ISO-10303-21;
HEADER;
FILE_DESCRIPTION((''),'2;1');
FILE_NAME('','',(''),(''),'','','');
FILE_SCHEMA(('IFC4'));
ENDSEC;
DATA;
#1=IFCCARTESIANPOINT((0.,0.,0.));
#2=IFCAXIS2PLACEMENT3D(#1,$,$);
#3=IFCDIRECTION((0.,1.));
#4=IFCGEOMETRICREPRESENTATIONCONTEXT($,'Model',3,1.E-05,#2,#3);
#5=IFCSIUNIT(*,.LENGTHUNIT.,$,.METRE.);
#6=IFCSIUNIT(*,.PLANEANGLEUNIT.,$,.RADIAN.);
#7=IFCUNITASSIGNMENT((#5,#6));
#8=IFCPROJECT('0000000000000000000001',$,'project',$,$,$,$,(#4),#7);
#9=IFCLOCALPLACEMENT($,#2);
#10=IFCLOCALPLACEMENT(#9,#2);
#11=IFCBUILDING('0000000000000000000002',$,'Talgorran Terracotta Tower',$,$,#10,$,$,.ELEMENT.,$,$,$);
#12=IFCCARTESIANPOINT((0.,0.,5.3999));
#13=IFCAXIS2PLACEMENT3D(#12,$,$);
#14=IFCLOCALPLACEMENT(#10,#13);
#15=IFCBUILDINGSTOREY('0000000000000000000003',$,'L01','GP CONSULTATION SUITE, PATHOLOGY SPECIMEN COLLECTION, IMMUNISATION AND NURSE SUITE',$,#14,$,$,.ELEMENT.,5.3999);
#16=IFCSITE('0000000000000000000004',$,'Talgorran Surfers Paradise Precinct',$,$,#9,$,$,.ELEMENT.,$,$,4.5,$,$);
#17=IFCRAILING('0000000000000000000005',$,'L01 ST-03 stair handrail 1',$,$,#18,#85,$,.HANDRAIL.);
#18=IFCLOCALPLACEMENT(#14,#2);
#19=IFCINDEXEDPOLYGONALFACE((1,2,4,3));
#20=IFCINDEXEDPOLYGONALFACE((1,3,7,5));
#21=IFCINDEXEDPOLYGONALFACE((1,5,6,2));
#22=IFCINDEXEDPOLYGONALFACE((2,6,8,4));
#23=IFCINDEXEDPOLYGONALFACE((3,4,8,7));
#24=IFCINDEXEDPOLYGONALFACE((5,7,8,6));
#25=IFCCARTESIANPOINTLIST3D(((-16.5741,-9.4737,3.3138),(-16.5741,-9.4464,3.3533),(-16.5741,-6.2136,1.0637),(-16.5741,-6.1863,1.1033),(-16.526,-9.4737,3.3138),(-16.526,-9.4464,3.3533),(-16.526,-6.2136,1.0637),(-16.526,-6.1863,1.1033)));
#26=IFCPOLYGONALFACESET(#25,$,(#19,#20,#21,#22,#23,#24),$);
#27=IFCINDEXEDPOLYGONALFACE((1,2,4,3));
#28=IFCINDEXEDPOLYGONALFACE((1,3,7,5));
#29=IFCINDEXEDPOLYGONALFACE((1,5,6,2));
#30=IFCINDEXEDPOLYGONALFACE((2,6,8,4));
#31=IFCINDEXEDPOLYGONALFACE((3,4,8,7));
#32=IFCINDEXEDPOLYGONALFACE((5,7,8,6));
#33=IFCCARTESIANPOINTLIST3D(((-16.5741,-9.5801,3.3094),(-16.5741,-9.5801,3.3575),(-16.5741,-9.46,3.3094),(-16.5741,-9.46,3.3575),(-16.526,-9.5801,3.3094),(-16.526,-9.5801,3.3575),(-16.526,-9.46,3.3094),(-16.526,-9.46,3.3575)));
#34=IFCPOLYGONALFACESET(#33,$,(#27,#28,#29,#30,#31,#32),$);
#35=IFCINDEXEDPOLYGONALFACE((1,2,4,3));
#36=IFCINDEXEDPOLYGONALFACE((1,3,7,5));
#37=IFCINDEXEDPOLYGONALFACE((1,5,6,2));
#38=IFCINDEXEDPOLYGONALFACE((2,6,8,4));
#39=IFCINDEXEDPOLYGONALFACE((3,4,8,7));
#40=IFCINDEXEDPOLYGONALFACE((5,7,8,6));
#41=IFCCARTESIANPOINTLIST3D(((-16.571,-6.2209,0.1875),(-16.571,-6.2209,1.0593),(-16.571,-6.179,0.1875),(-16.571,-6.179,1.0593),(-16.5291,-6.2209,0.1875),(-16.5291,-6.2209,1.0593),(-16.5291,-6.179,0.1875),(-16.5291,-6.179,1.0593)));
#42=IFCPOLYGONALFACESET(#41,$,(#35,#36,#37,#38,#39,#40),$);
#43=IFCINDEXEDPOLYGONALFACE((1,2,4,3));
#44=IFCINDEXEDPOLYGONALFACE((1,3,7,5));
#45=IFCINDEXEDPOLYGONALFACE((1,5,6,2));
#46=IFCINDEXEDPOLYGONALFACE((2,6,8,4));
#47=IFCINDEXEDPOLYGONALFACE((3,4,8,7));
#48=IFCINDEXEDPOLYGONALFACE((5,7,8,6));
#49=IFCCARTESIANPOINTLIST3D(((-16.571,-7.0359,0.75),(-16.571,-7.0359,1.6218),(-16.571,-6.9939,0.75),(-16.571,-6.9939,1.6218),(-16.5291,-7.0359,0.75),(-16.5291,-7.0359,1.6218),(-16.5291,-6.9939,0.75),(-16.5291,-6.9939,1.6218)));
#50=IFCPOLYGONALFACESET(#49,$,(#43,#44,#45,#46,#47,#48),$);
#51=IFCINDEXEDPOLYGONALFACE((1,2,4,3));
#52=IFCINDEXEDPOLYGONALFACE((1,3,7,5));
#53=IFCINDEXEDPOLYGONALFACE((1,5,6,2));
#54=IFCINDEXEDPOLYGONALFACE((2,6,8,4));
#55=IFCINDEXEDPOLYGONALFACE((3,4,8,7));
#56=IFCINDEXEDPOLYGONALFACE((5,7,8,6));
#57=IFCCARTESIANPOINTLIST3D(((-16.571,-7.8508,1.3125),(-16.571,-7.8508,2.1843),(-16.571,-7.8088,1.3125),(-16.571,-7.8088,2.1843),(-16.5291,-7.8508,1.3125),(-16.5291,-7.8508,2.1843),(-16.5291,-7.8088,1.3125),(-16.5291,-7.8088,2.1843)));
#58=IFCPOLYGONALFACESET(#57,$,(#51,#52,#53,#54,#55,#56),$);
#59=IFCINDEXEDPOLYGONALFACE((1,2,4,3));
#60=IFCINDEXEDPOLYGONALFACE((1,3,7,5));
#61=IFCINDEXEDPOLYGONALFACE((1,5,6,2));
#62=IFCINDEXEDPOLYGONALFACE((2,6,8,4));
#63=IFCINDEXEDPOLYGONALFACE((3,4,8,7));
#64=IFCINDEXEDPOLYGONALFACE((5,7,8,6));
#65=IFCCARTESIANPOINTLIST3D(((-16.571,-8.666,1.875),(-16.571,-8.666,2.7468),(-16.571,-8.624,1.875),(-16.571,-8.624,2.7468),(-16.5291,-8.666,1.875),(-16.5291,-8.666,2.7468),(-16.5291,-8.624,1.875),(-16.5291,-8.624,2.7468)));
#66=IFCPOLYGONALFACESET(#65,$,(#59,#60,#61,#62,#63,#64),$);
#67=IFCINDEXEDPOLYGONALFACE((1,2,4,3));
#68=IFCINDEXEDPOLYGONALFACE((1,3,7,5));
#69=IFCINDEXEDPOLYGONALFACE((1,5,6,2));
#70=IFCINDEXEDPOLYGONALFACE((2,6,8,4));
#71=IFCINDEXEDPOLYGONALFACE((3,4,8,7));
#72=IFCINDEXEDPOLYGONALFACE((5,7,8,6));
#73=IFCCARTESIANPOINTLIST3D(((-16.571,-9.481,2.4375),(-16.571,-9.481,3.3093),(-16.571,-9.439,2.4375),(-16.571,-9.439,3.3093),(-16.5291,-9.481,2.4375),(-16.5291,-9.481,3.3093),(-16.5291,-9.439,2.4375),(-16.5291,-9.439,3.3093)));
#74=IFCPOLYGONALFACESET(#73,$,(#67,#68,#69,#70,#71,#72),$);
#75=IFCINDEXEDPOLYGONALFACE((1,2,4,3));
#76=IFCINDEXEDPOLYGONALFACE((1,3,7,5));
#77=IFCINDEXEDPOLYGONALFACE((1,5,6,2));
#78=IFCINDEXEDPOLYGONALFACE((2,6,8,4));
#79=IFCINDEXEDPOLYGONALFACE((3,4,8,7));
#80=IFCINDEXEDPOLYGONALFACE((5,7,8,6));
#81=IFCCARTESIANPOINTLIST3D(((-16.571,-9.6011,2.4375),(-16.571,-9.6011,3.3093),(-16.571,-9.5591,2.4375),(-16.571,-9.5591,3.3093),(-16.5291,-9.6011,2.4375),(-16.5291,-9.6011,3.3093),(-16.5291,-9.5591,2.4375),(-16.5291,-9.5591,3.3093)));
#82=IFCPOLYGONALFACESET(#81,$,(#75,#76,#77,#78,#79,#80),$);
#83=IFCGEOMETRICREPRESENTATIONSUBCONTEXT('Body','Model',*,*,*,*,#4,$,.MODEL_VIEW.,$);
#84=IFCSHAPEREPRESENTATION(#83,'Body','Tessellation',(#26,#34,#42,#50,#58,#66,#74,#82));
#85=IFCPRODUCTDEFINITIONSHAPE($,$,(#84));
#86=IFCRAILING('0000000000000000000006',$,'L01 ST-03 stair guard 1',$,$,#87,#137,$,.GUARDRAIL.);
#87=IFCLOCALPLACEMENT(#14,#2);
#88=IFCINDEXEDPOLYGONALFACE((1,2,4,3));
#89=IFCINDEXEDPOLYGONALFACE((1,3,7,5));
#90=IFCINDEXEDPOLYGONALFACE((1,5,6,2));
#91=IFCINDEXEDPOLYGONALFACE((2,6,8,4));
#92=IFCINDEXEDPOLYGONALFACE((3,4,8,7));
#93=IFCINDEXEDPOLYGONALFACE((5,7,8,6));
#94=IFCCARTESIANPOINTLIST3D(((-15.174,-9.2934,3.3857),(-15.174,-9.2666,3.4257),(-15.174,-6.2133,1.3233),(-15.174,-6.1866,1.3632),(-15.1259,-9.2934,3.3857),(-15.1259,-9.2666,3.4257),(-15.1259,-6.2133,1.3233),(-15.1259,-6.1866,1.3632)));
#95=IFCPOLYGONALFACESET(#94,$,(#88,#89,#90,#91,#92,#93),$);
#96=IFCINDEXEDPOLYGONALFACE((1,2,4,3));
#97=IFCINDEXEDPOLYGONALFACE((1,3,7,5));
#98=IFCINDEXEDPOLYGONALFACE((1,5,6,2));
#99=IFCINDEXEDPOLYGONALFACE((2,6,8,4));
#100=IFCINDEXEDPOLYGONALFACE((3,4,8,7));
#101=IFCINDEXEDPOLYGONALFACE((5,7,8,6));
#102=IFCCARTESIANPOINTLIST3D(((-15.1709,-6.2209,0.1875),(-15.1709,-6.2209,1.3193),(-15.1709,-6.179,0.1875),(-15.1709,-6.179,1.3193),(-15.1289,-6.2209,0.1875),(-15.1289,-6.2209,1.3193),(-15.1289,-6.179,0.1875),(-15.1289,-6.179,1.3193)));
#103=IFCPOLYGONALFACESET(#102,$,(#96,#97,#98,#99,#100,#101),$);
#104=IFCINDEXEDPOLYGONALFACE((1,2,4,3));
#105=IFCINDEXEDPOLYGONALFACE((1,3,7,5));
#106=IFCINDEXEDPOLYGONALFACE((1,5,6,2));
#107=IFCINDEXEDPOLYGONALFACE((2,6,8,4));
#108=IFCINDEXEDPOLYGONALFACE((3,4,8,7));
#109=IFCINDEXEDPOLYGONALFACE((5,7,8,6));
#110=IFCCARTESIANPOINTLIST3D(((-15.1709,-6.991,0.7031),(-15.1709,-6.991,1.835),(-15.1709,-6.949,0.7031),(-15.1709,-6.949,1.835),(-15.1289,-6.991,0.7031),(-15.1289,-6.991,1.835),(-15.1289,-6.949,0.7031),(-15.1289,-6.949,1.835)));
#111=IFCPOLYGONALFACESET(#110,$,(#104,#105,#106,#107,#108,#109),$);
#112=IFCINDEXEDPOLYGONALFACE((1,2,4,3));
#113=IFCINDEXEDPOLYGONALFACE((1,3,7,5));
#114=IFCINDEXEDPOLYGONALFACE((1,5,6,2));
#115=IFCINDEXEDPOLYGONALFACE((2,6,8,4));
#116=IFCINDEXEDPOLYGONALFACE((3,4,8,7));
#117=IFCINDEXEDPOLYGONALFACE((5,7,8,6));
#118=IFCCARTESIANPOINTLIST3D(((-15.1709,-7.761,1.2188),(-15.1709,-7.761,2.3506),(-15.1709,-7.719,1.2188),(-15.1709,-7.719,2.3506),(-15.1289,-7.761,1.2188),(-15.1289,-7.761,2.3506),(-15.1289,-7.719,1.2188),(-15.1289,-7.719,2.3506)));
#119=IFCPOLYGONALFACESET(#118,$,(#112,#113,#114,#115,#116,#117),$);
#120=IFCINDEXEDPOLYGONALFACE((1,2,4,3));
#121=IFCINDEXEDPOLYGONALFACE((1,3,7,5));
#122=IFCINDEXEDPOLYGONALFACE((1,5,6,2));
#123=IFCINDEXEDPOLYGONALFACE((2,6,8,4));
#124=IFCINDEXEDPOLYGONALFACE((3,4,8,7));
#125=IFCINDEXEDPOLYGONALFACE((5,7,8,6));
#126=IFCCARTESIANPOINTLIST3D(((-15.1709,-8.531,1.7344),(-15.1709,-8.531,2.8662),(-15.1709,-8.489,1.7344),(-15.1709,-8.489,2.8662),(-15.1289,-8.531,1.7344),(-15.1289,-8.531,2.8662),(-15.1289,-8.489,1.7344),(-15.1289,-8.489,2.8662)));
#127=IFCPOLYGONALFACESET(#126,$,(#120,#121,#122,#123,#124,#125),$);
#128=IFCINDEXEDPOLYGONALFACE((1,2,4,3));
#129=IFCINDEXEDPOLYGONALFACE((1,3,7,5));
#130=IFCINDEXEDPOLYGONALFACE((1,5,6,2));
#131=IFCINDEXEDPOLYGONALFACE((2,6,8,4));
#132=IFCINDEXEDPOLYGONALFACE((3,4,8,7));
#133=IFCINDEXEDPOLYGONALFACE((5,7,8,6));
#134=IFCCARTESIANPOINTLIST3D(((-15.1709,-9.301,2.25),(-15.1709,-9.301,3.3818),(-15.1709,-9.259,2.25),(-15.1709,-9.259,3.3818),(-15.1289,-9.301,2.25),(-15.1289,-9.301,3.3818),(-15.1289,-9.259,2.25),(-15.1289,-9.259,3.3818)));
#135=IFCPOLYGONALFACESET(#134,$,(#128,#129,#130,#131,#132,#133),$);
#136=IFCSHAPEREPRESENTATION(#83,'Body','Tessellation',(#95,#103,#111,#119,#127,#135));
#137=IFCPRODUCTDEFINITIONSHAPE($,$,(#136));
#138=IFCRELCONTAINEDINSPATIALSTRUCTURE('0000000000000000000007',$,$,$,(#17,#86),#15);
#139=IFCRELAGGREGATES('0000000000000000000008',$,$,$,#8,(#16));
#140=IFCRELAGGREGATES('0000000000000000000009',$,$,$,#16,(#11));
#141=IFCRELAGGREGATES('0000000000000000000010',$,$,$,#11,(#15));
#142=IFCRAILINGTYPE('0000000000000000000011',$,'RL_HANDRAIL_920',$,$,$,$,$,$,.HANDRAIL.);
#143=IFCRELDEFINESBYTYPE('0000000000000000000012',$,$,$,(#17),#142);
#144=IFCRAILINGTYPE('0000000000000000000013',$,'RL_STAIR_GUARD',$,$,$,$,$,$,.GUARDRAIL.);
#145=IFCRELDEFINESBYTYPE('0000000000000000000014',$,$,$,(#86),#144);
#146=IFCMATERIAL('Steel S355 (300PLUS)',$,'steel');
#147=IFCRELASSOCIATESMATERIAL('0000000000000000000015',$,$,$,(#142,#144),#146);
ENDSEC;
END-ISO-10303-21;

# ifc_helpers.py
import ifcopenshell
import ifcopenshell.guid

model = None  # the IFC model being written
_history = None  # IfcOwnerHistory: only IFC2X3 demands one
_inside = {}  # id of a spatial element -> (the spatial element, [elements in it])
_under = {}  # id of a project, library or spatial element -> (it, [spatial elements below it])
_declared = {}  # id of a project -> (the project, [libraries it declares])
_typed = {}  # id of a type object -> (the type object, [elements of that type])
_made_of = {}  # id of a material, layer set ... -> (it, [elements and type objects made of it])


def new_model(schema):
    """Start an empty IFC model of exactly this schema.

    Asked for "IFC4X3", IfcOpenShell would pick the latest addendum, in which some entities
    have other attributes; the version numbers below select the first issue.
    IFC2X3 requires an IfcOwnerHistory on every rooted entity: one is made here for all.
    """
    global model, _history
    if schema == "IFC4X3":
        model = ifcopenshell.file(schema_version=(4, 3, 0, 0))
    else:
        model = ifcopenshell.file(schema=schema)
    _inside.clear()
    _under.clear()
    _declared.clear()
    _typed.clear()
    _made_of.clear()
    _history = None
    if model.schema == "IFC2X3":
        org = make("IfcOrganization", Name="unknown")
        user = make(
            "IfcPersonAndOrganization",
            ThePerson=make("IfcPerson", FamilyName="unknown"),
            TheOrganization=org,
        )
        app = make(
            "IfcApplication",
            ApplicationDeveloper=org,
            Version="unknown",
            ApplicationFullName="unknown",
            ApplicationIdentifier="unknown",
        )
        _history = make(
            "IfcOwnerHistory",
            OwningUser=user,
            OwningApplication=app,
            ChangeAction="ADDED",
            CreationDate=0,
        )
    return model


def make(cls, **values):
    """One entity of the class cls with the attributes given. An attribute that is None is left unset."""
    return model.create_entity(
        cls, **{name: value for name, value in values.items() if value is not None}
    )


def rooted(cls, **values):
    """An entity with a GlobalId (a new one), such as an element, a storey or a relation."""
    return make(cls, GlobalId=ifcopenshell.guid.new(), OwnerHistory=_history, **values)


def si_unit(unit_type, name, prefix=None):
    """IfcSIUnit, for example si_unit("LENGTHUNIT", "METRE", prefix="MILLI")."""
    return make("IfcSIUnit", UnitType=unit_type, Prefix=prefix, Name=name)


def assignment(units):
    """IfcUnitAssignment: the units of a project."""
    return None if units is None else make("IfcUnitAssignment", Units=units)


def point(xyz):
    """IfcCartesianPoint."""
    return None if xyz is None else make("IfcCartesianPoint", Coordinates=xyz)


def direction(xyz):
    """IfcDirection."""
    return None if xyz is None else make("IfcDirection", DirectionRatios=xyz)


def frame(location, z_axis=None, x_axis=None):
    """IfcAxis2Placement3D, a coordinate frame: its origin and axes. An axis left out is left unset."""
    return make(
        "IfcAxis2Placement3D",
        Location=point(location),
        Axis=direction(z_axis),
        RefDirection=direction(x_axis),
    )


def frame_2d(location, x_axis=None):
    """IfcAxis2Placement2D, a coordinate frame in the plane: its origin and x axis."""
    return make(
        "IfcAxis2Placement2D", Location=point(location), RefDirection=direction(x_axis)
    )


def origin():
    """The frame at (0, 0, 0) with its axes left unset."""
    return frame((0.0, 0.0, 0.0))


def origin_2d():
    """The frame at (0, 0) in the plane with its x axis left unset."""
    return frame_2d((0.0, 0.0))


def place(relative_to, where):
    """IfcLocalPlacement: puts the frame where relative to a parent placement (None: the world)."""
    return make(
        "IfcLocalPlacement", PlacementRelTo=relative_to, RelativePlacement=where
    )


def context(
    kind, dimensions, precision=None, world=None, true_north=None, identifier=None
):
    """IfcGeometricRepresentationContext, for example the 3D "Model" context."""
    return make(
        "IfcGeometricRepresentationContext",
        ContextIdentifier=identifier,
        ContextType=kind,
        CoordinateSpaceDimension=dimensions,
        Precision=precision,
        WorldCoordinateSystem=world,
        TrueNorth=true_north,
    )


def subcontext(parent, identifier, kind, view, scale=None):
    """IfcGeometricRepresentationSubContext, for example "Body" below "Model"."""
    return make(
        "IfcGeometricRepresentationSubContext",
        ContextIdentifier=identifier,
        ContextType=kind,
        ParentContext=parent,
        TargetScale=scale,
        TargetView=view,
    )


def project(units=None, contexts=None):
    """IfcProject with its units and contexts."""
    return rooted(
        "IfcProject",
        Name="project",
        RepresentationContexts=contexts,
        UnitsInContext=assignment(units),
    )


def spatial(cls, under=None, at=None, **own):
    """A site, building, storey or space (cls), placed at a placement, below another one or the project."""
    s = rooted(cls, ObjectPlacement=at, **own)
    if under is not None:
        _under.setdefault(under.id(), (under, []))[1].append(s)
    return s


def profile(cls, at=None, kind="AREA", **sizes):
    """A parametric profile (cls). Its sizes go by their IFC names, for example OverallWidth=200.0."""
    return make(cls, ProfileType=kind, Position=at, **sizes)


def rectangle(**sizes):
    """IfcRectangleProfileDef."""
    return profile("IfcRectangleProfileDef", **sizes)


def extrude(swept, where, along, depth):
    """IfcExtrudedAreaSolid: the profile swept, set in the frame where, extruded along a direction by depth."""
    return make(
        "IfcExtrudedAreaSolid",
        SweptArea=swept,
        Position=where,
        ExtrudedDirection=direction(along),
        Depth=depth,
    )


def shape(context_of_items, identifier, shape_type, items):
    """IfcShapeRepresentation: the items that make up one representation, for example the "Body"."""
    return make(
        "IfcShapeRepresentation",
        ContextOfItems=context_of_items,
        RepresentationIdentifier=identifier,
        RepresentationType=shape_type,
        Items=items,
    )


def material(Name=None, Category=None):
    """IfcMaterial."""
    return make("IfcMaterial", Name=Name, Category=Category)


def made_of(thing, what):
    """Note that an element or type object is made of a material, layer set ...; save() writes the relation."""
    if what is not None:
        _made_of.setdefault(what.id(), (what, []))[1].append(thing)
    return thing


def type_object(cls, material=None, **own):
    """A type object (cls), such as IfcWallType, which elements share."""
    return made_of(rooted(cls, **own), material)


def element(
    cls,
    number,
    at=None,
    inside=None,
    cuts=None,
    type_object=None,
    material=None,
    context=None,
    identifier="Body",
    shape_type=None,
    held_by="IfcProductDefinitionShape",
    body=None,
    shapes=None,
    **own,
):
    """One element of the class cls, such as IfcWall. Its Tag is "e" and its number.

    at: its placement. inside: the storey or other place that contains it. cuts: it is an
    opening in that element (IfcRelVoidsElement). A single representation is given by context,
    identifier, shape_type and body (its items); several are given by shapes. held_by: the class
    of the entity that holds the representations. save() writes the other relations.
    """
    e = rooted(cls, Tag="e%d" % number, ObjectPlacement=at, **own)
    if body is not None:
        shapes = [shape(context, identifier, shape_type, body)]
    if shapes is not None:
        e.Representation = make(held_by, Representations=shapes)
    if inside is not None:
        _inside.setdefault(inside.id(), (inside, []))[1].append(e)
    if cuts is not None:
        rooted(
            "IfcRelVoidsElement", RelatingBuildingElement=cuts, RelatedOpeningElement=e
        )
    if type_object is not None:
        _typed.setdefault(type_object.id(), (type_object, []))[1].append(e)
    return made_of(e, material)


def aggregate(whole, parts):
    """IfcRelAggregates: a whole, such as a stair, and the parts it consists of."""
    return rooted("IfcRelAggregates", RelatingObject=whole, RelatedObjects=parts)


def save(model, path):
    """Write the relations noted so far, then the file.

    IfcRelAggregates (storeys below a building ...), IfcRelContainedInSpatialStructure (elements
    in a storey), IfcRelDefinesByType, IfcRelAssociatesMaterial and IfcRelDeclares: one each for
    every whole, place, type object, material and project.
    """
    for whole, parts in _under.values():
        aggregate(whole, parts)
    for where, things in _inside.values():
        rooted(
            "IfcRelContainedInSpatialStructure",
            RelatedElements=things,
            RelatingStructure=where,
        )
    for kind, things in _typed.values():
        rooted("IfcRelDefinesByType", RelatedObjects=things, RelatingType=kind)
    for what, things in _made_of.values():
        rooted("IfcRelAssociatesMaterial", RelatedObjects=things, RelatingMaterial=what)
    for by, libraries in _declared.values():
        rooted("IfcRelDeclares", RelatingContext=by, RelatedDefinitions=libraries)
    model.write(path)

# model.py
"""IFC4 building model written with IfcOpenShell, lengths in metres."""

from ifc_helpers import new_model, si_unit, direction, frame, origin, origin_2d, place, context, subcontext, project, spatial, rectangle, extrude, material, type_object, element, save


model = new_model("IFC4")

# Units and contexts
model_context = context("Model", 3, precision=1e-05, world=origin(), true_north=direction((0.0, 1.0)))
body_context = subcontext(model_context, "Body", "Model", "MODEL_VIEW")
ifc_project = project(units=[si_unit("LENGTHUNIT", "METRE"), si_unit("PLANEANGLEUNIT", "RADIAN")], contexts=[model_context])

# Site, building, storey
site_placement = place(None, origin())
site = spatial("IfcSite", under=ifc_project, at=site_placement, Name="Talgorran Surfers Paradise Precinct", CompositionType="ELEMENT", RefElevation=4.5)
building_placement = place(site_placement, origin())
building = spatial("IfcBuilding", under=site, at=building_placement, Name="Talgorran Terracotta Tower", CompositionType="ELEMENT")
storey_placement = place(building_placement, frame((0.0, 0.0, 5.3999)))
storey = spatial("IfcBuildingStorey", under=building, at=storey_placement, Name="L01", Description="GP CONSULTATION SUITE, PATHOLOGY SPECIMEN COLLECTION, IMMUNISATION AND NURSE SUITE", CompositionType="ELEMENT", Elevation=5.3999)

# Shared definitions
ifc_material_1 = material(Name="Steel S355 (300PLUS)", Category="steel")

# Railings
railing_type_1 = type_object("IfcRailingType", Name="RL_HANDRAIL_920", PredefinedType="HANDRAIL", material=ifc_material_1)
railing_1_placement = place(storey_placement, frame((-16.55, -6.2, 0.1875)))
element("IfcRailing", 1, at=railing_1_placement, inside=storey, type_object=railing_type_1, Name="L01 ST-03 stair handrail 1", PredefinedType="HANDRAIL", context=body_context, shape_type="SweptSolid", body=[
    extrude(rectangle(XDim=0.0481, YDim=0.0481, at=origin_2d()), frame((0.0, 0.0, 0.896), z_axis=(0.0, -0.82301, 0.568027), x_axis=(1.0, 0.0, 0.0)), (0.0, 0.0, 1.0), 3.9612),
    extrude(rectangle(XDim=0.0481, YDim=0.0481, at=origin_2d()), frame((0.0, -3.26, 3.146), z_axis=(0.0, -1.0, 0.0), x_axis=(1.0, 0.0, 0.0)), (0.0, 0.0, 1.0), 0.1201),
    extrude(rectangle(XDim=0.042, YDim=0.042, at=origin_2d()), origin(), (0.0, 0.0, 1.0), 0.8718),
    extrude(rectangle(XDim=0.042, YDim=0.042, at=origin_2d()), frame((0.0, -0.8149, 0.5625)), (0.0, 0.0, 1.0), 0.8718),
    extrude(rectangle(XDim=0.042, YDim=0.042, at=origin_2d()), frame((0.0, -1.6299, 1.125)), (0.0, 0.0, 1.0), 0.8718),
    extrude(rectangle(XDim=0.042, YDim=0.042, at=origin_2d()), frame((0.0, -2.4451, 1.6875)), (0.0, 0.0, 1.0), 0.8718),
    extrude(rectangle(XDim=0.042, YDim=0.042, at=origin_2d()), frame((0.0, -3.26, 2.25)), (0.0, 0.0, 1.0), 0.8718),
    extrude(rectangle(XDim=0.042, YDim=0.042, at=origin_2d()), frame((0.0, -3.3801, 2.25)), (0.0, 0.0, 1.0), 0.8718),
])
railing_type_2 = type_object("IfcRailingType", Name="RL_STAIR_GUARD", PredefinedType="GUARDRAIL", material=ifc_material_1)
railing_2_placement = place(storey_placement, frame((-15.1499, -6.2, 0.1875)))
element("IfcRailing", 2, at=railing_2_placement, inside=storey, type_object=railing_type_2, Name="L01 ST-03 stair guard 1", PredefinedType="GUARDRAIL", context=body_context, shape_type="SweptSolid", body=[
    extrude(rectangle(XDim=0.0481, YDim=0.0481, at=origin_2d()), frame((0.0, 0.0, 1.1558), z_axis=(0.0, -0.830914, 0.556401), x_axis=(1.0, 0.0, 0.0)), (0.0, 0.0, 1.0), 3.7068),
    extrude(rectangle(XDim=0.042, YDim=0.042, at=origin_2d()), origin(), (0.0, 0.0, 1.0), 1.1318),
    extrude(rectangle(XDim=0.042, YDim=0.042, at=origin_2d()), frame((0.0, -0.77, 0.5156)), (0.0, 0.0, 1.0), 1.1318),
    extrude(rectangle(XDim=0.042, YDim=0.042, at=origin_2d()), frame((0.0, -1.54, 1.0312)), (0.0, 0.0, 1.0), 1.1318),
    extrude(rectangle(XDim=0.042, YDim=0.042, at=origin_2d()), frame((0.0, -2.3101, 1.5469)), (0.0, 0.0, 1.0), 1.1318),
    extrude(rectangle(XDim=0.042, YDim=0.042, at=origin_2d()), frame((0.0, -3.0801, 2.0625)), (0.0, 0.0, 1.0), 1.1318),
])

save(model, "model.ifc")
